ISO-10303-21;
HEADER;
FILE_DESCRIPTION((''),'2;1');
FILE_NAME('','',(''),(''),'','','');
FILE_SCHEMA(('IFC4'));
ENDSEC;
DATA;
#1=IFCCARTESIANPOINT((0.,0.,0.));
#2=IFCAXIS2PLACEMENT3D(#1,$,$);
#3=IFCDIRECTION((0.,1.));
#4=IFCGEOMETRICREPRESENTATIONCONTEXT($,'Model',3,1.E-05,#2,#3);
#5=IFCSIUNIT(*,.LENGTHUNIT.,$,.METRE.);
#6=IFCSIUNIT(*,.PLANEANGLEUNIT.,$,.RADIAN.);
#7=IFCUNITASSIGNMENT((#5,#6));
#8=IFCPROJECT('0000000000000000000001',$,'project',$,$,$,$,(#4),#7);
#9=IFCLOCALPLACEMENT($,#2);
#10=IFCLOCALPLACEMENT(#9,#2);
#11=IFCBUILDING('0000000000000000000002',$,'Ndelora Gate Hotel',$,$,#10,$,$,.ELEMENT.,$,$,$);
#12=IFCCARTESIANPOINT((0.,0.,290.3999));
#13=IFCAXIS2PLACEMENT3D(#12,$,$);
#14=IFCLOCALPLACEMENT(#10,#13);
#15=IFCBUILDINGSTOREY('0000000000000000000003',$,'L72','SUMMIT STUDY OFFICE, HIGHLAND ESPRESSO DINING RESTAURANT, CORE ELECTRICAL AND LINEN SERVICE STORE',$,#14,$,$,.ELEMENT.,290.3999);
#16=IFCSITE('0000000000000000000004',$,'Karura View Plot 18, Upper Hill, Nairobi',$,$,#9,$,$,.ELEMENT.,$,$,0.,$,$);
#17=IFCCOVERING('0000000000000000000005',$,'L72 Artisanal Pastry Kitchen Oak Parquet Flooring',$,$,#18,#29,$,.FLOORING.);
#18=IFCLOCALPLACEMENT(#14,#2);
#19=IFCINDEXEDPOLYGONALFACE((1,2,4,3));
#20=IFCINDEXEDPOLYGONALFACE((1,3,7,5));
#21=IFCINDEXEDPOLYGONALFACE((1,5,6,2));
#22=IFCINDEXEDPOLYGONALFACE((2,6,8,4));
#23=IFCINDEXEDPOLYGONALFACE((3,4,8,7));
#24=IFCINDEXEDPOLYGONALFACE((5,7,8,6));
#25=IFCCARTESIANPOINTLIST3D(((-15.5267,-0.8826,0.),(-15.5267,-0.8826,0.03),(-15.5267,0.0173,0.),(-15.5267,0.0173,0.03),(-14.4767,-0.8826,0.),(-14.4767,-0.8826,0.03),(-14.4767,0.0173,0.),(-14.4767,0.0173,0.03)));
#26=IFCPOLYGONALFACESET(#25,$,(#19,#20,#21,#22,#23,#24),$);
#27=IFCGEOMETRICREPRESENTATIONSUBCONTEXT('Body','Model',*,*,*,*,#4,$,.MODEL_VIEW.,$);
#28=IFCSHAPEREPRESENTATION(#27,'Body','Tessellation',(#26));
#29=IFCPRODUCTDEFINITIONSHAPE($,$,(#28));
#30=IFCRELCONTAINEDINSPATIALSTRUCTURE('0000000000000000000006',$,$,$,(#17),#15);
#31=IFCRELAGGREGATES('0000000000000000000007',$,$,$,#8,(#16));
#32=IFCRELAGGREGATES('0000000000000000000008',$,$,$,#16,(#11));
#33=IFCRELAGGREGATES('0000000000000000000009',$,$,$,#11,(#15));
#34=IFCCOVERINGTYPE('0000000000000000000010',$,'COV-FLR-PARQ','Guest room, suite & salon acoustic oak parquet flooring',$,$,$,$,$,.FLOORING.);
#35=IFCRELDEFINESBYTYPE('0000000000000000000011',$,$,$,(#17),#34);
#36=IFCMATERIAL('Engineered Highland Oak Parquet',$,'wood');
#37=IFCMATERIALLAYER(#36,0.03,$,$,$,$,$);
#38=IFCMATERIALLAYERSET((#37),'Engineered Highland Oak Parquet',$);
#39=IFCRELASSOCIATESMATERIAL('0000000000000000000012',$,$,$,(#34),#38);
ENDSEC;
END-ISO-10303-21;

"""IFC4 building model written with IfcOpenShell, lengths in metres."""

from ifc_helpers import new_model, si_unit, direction, frame, origin, origin_2d, place, context, subcontext, project, spatial, rectangle, extrude, material, layer, layer_set, type_object, element, save


model = new_model("IFC4")

# Units and contexts
model_context = context("Model", 3, precision=1e-05, world=origin(), true_north=direction((0.0, 1.0)))
body_context = subcontext(model_context, "Body", "Model", "MODEL_VIEW")
ifc_project = project(units=[si_unit("LENGTHUNIT", "METRE"), si_unit("PLANEANGLEUNIT", "RADIAN")], contexts=[model_context])

# Site, building, storey
site_placement = place(None, origin())
site = spatial("IfcSite", under=ifc_project, at=site_placement, Name="Karura View Plot 18, Upper Hill, Nairobi", CompositionType="ELEMENT", RefElevation=0.0)
building_placement = place(site_placement, origin())
building = spatial("IfcBuilding", under=site, at=building_placement, Name="Ndelora Gate Hotel", CompositionType="ELEMENT")
storey_placement = place(building_placement, frame((0.0, 0.0, 290.3999)))
storey = spatial("IfcBuildingStorey", under=building, at=storey_placement, Name="L72", Description="SUMMIT STUDY OFFICE, HIGHLAND ESPRESSO DINING RESTAURANT, CORE ELECTRICAL AND LINEN SERVICE STORE", CompositionType="ELEMENT", Elevation=290.3999)

# Covering
ifc_material_1 = material(Name="Engineered Highland Oak Parquet", Category="wood")
ifc_layer_1 = layer(ifc_material_1, 0.03)
ifc_layer_set_1 = layer_set([ifc_layer_1], Name="Engineered Highland Oak Parquet")
covering_type = type_object("IfcCoveringType", Name="COV-FLR-PARQ", Description="Guest room, suite & salon acoustic oak parquet flooring", PredefinedType="FLOORING", material=ifc_layer_set_1)
covering_placement = place(storey_placement, frame((-15.0017, -0.4326, 0.0), z_axis=(0.0, 0.0, 1.0), x_axis=(1.0, 0.0, 0.0)))
element("IfcCovering", 1, at=covering_placement, inside=storey, type_object=covering_type, Name="L72 Artisanal Pastry Kitchen Oak Parquet Flooring", PredefinedType="FLOORING", context=body_context, shape_type="SweptSolid", body=[
    extrude(rectangle(XDim=1.05, YDim=0.8999, at=origin_2d()), origin(), (0.0, 0.0, 1.0), 0.03),
])

save(model, "model.ifc")
